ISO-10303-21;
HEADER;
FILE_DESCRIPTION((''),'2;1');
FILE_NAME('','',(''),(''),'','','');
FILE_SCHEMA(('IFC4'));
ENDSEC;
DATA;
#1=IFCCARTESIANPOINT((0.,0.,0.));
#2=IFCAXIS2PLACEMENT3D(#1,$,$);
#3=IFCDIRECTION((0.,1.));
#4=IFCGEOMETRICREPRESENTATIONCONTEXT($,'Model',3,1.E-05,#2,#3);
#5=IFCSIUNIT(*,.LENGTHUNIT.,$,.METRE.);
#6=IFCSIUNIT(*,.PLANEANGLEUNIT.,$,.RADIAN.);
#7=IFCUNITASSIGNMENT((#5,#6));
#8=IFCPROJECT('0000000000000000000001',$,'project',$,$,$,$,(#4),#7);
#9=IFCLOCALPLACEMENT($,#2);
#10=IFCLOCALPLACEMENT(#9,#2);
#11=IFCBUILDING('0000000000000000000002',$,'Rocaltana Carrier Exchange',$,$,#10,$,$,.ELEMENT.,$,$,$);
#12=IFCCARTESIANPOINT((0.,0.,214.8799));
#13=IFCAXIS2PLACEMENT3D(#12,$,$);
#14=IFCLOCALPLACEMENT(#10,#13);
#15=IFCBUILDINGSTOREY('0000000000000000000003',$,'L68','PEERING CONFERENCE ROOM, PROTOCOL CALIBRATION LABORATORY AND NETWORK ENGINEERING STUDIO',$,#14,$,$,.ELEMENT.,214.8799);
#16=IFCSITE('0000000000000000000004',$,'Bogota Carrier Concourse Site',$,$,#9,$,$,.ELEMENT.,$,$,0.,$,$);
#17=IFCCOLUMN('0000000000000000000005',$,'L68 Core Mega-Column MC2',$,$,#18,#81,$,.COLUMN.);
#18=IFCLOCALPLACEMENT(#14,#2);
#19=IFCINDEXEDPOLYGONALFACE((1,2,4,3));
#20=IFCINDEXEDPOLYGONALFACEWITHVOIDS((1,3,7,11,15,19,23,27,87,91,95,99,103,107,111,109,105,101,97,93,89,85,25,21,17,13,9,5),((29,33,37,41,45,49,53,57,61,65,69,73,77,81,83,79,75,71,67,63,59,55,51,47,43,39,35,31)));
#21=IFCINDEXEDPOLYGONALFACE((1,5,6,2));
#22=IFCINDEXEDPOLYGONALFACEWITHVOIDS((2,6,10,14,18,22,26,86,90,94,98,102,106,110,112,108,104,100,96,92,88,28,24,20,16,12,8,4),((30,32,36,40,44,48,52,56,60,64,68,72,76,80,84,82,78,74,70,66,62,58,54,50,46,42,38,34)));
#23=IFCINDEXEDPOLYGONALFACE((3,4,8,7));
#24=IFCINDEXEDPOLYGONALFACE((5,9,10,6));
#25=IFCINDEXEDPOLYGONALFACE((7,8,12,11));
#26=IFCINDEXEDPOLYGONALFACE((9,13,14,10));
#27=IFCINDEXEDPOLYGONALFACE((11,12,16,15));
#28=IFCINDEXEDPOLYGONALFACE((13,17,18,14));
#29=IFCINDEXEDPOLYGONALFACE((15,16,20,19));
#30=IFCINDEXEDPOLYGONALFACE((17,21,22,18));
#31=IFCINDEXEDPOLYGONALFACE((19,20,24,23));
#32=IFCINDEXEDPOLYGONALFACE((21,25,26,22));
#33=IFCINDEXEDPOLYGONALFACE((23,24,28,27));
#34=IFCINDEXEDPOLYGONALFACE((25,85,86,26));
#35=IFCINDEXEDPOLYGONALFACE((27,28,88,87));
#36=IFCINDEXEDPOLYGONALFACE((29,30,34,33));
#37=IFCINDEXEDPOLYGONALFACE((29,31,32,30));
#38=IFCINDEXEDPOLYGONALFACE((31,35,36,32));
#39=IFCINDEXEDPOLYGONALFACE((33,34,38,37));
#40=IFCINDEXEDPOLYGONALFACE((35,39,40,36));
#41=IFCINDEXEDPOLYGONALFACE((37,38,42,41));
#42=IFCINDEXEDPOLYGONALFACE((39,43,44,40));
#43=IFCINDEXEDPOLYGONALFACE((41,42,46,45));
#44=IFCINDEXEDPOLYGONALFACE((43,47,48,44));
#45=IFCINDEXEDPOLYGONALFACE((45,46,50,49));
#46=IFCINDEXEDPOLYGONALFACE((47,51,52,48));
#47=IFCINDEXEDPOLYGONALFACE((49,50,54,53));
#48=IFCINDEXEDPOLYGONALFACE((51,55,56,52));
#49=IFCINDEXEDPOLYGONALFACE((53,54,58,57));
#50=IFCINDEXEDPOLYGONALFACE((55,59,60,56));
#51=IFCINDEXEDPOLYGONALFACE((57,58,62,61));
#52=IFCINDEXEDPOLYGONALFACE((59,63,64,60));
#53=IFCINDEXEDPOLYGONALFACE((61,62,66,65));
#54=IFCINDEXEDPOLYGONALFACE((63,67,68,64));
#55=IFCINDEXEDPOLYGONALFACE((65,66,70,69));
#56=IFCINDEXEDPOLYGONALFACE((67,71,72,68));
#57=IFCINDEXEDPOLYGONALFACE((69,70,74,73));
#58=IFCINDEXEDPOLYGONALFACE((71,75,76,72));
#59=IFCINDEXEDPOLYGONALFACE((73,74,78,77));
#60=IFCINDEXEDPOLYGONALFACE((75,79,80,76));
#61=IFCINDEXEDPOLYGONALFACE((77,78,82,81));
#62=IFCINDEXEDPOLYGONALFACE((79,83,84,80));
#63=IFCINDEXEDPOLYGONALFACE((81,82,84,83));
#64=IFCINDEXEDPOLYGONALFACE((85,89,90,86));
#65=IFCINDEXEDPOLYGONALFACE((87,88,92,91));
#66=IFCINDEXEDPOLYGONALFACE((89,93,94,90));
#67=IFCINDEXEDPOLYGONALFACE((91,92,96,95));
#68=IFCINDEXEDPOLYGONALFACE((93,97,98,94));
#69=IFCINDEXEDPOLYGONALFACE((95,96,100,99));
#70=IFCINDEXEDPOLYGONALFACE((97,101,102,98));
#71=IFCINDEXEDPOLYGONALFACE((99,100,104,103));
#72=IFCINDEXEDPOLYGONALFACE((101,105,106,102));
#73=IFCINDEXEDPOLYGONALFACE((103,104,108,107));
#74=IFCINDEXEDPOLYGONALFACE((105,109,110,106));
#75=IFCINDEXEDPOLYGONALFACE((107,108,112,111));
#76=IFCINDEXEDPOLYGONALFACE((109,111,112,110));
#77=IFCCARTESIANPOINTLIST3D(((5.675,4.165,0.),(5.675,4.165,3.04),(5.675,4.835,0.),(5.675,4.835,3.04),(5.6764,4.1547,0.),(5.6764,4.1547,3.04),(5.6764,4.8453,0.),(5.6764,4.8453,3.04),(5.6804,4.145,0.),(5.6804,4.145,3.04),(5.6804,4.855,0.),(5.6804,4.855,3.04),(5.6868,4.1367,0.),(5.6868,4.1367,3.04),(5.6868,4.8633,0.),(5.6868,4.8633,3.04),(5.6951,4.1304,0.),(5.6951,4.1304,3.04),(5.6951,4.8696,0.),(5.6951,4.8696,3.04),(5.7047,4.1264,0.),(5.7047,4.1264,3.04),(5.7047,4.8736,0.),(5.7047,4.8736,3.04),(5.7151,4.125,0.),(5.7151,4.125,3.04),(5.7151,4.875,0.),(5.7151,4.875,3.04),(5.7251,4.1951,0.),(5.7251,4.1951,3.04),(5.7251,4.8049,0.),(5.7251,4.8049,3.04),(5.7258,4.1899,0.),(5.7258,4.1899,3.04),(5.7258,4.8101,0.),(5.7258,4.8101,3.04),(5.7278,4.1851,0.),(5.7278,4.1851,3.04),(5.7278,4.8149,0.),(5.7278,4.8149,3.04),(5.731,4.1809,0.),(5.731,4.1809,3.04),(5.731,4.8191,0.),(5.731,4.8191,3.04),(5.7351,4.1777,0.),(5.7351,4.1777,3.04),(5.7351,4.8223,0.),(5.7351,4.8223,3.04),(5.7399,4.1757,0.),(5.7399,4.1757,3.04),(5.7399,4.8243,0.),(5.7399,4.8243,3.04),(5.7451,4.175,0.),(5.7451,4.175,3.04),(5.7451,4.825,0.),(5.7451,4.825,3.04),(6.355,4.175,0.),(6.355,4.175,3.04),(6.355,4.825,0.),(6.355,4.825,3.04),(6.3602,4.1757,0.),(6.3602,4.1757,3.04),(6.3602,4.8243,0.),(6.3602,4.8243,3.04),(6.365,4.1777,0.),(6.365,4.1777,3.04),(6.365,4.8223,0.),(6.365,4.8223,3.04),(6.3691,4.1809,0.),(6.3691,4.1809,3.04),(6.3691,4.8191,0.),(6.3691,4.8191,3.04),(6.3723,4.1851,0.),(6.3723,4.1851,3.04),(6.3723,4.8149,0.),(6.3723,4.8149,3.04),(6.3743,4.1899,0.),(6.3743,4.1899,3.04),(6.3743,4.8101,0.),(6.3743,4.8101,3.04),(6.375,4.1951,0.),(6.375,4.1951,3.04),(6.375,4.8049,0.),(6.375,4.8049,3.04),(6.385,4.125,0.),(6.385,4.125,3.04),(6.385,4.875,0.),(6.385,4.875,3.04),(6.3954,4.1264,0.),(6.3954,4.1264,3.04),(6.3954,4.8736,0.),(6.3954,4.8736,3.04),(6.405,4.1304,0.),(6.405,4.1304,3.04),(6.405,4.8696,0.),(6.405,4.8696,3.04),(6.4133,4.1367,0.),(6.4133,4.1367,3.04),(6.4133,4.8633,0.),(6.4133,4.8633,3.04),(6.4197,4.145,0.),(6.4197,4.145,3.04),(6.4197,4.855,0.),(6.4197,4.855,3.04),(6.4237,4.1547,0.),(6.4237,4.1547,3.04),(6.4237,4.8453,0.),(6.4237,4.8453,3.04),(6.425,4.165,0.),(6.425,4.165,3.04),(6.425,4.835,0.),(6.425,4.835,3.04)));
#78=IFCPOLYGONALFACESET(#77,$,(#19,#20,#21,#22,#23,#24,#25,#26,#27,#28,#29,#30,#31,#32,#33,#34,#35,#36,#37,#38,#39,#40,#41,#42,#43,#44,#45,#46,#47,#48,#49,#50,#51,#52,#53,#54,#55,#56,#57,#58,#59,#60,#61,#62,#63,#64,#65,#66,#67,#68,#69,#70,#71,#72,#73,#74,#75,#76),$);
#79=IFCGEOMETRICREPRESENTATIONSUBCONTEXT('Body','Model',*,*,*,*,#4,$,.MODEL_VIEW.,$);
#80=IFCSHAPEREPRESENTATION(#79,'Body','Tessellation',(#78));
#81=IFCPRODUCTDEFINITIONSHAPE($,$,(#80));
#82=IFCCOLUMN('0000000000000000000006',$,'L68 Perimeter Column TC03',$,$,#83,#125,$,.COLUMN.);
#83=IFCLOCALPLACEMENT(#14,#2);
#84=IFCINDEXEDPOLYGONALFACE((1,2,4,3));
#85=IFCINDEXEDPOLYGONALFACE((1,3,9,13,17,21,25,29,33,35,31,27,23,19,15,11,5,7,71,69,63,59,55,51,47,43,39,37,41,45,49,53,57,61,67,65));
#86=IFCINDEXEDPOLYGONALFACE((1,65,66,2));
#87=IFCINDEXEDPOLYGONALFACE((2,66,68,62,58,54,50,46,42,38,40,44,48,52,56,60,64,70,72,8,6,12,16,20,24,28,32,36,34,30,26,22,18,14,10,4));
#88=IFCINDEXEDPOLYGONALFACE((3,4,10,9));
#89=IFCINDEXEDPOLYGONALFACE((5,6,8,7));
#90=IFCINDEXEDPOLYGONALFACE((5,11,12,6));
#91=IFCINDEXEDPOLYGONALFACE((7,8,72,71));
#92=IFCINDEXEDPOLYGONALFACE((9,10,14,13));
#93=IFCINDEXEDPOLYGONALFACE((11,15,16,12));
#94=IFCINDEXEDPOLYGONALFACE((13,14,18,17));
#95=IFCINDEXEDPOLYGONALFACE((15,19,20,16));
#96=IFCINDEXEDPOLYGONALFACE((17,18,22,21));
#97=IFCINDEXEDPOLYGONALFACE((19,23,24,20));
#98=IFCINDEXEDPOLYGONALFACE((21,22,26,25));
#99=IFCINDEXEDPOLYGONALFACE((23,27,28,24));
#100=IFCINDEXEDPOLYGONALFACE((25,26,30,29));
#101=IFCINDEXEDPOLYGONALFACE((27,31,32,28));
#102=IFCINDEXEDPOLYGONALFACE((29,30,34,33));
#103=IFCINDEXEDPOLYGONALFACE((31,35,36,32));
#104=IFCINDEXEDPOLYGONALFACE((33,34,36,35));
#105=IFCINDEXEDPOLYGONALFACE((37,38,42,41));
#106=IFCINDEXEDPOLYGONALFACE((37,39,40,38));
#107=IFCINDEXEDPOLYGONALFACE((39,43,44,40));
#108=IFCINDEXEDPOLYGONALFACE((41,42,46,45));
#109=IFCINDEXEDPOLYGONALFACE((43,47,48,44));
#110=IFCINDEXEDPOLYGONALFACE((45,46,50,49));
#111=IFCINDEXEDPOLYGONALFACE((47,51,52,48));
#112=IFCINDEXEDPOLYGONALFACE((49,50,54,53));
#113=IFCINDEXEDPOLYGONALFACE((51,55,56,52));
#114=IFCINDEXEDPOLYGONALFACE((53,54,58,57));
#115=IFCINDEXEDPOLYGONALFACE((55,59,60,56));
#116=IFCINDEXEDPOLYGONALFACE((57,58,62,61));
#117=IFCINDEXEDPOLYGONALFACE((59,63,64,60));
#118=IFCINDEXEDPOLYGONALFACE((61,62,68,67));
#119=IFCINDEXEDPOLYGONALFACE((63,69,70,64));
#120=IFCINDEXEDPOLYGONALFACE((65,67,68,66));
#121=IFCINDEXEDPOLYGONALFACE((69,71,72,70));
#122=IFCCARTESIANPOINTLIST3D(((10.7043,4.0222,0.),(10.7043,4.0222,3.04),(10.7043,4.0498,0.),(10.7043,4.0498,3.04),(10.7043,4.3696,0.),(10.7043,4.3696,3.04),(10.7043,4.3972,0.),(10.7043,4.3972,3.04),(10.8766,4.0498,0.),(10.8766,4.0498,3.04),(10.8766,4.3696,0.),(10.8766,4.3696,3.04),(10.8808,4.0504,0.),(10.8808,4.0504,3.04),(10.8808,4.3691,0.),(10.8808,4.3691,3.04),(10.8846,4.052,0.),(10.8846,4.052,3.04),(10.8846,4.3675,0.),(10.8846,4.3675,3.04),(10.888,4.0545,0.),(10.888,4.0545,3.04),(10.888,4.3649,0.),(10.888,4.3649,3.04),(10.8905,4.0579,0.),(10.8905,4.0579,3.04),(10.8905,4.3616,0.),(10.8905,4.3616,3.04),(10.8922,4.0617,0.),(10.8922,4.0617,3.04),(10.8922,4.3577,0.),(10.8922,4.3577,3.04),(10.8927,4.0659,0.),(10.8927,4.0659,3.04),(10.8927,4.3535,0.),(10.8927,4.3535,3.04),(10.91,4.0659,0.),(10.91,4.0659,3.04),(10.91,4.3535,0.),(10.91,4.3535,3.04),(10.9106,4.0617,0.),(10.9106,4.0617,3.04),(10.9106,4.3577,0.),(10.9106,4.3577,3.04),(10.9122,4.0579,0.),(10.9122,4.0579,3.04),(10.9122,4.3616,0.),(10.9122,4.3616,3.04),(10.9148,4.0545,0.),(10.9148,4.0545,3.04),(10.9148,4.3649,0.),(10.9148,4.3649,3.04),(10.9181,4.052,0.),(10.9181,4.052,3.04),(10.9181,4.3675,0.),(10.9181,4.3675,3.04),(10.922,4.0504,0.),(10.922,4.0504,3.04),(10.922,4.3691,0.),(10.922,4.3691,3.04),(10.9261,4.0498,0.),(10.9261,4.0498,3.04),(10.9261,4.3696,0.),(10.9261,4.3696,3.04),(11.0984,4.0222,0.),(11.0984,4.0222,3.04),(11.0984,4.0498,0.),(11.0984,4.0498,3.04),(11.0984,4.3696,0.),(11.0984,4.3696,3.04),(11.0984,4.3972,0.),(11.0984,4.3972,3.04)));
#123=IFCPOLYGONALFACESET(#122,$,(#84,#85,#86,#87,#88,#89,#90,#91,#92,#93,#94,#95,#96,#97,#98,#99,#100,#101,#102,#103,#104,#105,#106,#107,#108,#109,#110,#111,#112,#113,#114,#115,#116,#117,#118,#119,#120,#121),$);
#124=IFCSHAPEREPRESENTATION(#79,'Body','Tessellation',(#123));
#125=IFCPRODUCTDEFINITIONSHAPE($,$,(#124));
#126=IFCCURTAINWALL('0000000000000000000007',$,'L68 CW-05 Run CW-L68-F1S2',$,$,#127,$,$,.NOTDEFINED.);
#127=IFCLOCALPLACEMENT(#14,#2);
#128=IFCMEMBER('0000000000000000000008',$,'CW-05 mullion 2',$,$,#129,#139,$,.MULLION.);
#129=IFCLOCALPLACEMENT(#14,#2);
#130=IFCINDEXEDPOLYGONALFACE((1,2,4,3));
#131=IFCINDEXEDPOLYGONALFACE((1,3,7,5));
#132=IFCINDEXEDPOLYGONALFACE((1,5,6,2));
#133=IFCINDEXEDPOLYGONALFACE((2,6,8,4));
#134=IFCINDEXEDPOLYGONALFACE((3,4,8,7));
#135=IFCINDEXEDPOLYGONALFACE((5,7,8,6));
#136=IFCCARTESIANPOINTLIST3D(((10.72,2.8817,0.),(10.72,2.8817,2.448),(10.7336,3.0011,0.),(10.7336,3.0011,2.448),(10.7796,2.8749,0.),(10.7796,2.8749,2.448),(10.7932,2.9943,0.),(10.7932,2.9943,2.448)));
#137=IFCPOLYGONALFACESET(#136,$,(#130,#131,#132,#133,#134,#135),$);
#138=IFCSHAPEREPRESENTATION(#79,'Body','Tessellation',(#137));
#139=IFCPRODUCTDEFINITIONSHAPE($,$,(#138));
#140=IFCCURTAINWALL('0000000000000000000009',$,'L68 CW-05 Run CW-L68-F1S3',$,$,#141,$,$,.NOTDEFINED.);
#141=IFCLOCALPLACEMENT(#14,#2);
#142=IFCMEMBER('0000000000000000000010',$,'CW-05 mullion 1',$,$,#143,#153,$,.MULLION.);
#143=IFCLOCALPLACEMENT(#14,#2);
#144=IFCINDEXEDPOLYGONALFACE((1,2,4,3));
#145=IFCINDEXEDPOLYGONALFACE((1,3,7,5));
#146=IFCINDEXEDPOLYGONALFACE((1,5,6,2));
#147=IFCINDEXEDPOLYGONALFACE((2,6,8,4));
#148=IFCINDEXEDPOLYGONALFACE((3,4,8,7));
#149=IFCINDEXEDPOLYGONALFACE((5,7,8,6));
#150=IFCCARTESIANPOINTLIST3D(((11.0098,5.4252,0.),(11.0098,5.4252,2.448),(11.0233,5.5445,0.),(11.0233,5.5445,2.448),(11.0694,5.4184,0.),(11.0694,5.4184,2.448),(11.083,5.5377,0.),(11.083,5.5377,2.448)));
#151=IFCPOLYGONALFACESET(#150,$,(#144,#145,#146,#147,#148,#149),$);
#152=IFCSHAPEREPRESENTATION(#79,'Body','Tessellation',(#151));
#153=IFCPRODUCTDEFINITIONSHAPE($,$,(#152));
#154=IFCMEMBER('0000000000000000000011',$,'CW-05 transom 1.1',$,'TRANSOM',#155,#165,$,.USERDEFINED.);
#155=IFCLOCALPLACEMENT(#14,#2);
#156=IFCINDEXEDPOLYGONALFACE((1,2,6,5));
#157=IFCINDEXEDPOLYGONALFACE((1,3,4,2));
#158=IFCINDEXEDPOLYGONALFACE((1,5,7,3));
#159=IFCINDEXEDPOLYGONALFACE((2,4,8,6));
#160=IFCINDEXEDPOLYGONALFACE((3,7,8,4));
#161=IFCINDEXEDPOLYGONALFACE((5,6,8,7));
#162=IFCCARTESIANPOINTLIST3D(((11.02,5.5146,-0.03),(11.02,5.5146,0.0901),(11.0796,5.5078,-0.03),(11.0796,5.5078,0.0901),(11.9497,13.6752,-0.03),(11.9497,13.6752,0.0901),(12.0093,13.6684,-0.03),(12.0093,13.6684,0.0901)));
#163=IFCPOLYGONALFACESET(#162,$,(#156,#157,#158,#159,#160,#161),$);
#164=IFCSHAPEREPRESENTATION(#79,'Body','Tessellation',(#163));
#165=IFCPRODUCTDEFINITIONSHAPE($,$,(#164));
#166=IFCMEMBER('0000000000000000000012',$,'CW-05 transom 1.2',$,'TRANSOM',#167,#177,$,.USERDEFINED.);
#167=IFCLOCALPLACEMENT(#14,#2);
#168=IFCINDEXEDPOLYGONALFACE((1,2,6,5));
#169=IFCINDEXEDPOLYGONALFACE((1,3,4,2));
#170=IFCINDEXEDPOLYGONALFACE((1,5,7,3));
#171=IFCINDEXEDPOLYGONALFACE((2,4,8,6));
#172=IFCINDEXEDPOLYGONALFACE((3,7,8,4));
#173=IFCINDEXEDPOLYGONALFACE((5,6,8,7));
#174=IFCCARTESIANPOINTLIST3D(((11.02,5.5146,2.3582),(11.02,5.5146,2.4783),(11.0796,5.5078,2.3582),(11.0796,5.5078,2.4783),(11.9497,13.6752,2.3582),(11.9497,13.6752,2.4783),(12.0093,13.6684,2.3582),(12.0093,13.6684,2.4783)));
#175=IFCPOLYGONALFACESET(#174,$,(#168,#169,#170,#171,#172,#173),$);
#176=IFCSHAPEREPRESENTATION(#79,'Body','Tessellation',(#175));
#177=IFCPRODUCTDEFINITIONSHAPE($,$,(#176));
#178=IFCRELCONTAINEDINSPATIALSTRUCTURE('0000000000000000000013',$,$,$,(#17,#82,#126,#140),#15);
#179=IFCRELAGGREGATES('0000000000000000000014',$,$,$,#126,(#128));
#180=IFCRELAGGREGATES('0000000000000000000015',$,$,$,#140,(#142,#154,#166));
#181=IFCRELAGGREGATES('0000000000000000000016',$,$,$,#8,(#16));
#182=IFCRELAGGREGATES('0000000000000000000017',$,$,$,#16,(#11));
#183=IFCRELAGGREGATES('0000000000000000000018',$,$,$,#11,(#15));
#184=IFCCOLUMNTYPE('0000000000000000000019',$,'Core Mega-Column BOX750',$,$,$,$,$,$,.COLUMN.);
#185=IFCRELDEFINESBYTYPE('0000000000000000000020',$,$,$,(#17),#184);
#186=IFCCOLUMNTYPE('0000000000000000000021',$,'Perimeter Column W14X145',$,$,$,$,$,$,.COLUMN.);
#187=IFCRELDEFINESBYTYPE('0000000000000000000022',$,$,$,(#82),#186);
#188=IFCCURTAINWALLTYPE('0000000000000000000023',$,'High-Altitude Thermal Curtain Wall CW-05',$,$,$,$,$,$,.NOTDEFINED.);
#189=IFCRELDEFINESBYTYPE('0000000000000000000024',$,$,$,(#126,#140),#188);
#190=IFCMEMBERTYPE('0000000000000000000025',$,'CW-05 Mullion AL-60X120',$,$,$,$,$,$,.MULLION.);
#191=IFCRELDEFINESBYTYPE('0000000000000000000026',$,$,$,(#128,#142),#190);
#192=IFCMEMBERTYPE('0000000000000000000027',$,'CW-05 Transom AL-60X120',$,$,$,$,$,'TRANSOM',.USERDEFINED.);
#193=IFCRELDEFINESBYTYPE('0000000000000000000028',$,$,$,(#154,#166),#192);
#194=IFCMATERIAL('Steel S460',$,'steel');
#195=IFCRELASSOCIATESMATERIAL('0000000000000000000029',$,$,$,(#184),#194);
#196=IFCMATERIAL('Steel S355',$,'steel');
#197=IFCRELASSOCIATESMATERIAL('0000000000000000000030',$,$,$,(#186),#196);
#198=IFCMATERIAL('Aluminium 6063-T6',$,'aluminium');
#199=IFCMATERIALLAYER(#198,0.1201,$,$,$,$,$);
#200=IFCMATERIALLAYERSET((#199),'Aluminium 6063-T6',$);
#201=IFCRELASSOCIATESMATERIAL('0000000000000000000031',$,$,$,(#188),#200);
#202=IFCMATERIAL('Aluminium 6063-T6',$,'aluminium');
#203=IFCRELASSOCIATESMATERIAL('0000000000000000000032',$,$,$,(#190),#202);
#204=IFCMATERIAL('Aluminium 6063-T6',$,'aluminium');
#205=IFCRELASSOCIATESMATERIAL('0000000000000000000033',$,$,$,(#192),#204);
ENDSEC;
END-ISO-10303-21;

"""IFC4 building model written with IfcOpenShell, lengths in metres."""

from ifc_helpers import new_model, si_unit, direction, frame, origin, origin_2d, place, context, subcontext, project, spatial, rectangle, hollow_rectangle, i_section, extrude, material, layer, layer_set, material_profile, profile_set, type_object, element, aggregate, save


model = new_model("IFC4")

# Units and contexts
model_context = context("Model", 3, precision=1e-05, world=origin(), true_north=direction((0.0, 1.0)))
body_context = subcontext(model_context, "Body", "Model", "MODEL_VIEW")
ifc_project = project(units=[si_unit("LENGTHUNIT", "METRE"), si_unit("PLANEANGLEUNIT", "RADIAN")], contexts=[model_context])

# Site, building, storey
site_placement = place(None, origin())
site = spatial("IfcSite", under=ifc_project, at=site_placement, Name="Bogota Carrier Concourse Site", CompositionType="ELEMENT", RefElevation=0.0)
building_placement = place(site_placement, origin())
building = spatial("IfcBuilding", under=site, at=building_placement, Name="Rocaltana Carrier Exchange", CompositionType="ELEMENT")
storey_placement = place(building_placement, frame((0.0, 0.0, 214.8799)))
storey = spatial("IfcBuildingStorey", under=building, at=storey_placement, Name="L68", Description="PEERING CONFERENCE ROOM, PROTOCOL CALIBRATION LABORATORY AND NETWORK ENGINEERING STUDIO", CompositionType="ELEMENT", Elevation=214.8799)

# Columns
ifc_material_1 = material(Name="Steel S460", Category="steel")
ifc_material_profile_1 = material_profile(ifc_material_1, hollow_rectangle(XDim=0.75, YDim=0.75, WallThickness=0.05, InnerFilletRadius=0.02, OuterFilletRadius=0.04, at=origin_2d()), Name="BOX750X750X50")
ifc_profile_set_1 = profile_set([ifc_material_profile_1], Name="Steel S460")
column_type_1 = type_object("IfcColumnType", Name="Core Mega-Column BOX750", PredefinedType="COLUMN", material=ifc_profile_set_1)
column_1_placement = place(storey_placement, frame((6.05, 4.5, 0.0), z_axis=(0.0, 0.0, 1.0), x_axis=(1.0, 0.0, 0.0)))
element("IfcColumn", 1, at=column_1_placement, inside=storey, type_object=column_type_1, Name="L68 Core Mega-Column MC2", PredefinedType="COLUMN", context=body_context, shape_type="SweptSolid", body=[
    extrude(hollow_rectangle(XDim=0.75, YDim=0.75, WallThickness=0.05, InnerFilletRadius=0.02, OuterFilletRadius=0.04, at=origin_2d()), origin(), (0.0, 0.0, 1.0), 3.04),
])
ifc_material_2 = material(Name="Steel S355", Category="steel")
ifc_material_profile_2 = material_profile(ifc_material_2, i_section(OverallWidth=0.394, OverallDepth=0.375, WebThickness=0.0173, FlangeThickness=0.0276, FilletRadius=0.0161, at=origin_2d()), Name="W14X145")
ifc_profile_set_2 = profile_set([ifc_material_profile_2], Name="Steel S355")
column_type_2 = type_object("IfcColumnType", Name="Perimeter Column W14X145", PredefinedType="COLUMN", material=ifc_profile_set_2)
column_2_placement = place(storey_placement, frame((10.9014, 4.2097, 0.0), z_axis=(0.0, 0.0, 1.0), x_axis=(1.0, 0.0, 0.0)))
element("IfcColumn", 2, at=column_2_placement, inside=storey, type_object=column_type_2, Name="L68 Perimeter Column TC03", PredefinedType="COLUMN", context=body_context, shape_type="SweptSolid", body=[
    extrude(i_section(OverallWidth=0.394, OverallDepth=0.375, WebThickness=0.0173, FlangeThickness=0.0276, FilletRadius=0.0161, at=origin_2d()), origin(), (0.0, 0.0, 1.0), 3.04),
])

# Curtain wall, member
ifc_material_3 = material(Name="Aluminium 6063-T6", Category="aluminium")
ifc_layer_1 = layer(ifc_material_3, 0.1201)
ifc_layer_set_1 = layer_set([ifc_layer_1], Name="Aluminium 6063-T6")
curtain_wall_type = type_object("IfcCurtainWallType", Name="High-Altitude Thermal Curtain Wall CW-05", PredefinedType="NOTDEFINED", material=ifc_layer_set_1)
curtain_wall_1_placement = place(storey_placement, origin())
curtain_wall_1 = element("IfcCurtainWall", 3, at=curtain_wall_1_placement, inside=storey, type_object=curtain_wall_type, Name="L68 CW-05 Run CW-L68-F1S2", PredefinedType="NOTDEFINED")
ifc_material_4 = material(Name="Aluminium 6063-T6", Category="aluminium")
ifc_material_profile_3 = material_profile(ifc_material_4, rectangle(XDim=0.0601, YDim=0.1201, at=origin_2d()), Name="AL-60X120")
ifc_profile_set_3 = profile_set([ifc_material_profile_3], Name="Aluminium 6063-T6")
member_type_1 = type_object("IfcMemberType", Name="CW-05 Mullion AL-60X120", PredefinedType="MULLION", material=ifc_profile_set_3)
member_1_placement = place(storey_placement, frame((10.7566, 2.938, 0.0), z_axis=(0.0, 0.0, 1.0), x_axis=(-0.993571, 0.113209, 0.0)))
member_1 = element("IfcMember", 4, at=member_1_placement, type_object=member_type_1, Name="CW-05 mullion 2", PredefinedType="MULLION", context=body_context, shape_type="SweptSolid", body=[
    extrude(rectangle(XDim=0.0601, YDim=0.1201, at=origin_2d()), origin(), (0.0, 0.0, 1.0), 2.448),
])
aggregate(curtain_wall_1, [member_1])

# Curtain wall, members
curtain_wall_2_placement = place(storey_placement, origin())
curtain_wall_2 = element("IfcCurtainWall", 5, at=curtain_wall_2_placement, inside=storey, type_object=curtain_wall_type, Name="L68 CW-05 Run CW-L68-F1S3", PredefinedType="NOTDEFINED")
member_2_placement = place(storey_placement, frame((11.0464, 5.4814, 0.0), z_axis=(0.0, 0.0, 1.0), x_axis=(-0.993573, 0.113197, 0.0)))
member_2 = element("IfcMember", 6, at=member_2_placement, type_object=member_type_1, Name="CW-05 mullion 1", PredefinedType="MULLION", context=body_context, shape_type="SweptSolid", body=[
    extrude(rectangle(XDim=0.0601, YDim=0.1201, at=origin_2d()), origin(), (0.0, 0.0, 1.0), 2.448),
])
ifc_material_5 = material(Name="Aluminium 6063-T6", Category="aluminium")
ifc_material_profile_4 = material_profile(ifc_material_5, rectangle(XDim=0.0601, YDim=0.1201, at=origin_2d()), Name="AL-60X120")
ifc_profile_set_4 = profile_set([ifc_material_profile_4], Name="Aluminium 6063-T6")
member_type_2 = type_object("IfcMemberType", Name="CW-05 Transom AL-60X120", ElementType="TRANSOM", PredefinedType="USERDEFINED", material=ifc_profile_set_4)
member_3_placement = place(storey_placement, frame((11.0498, 5.5112, 0.03), z_axis=(0.113191, 0.993573, 0.0), x_axis=(-0.993573, 0.113191, 0.0)))
member_3 = element("IfcMember", 7, at=member_3_placement, type_object=member_type_2, Name="CW-05 transom 1.1", ObjectType="TRANSOM", PredefinedType="USERDEFINED", context=body_context, shape_type="SweptSolid", body=[
    extrude(rectangle(XDim=0.0601, YDim=0.1201, at=origin_2d()), origin(), (0.0, 0.0, 1.0), 8.2134),
])
member_4_placement = place(storey_placement, frame((11.0498, 5.5112, 2.4182), z_axis=(0.113191, 0.993573, 0.0), x_axis=(-0.993573, 0.113191, 0.0)))
member_4 = element("IfcMember", 8, at=member_4_placement, type_object=member_type_2, Name="CW-05 transom 1.2", ObjectType="TRANSOM", PredefinedType="USERDEFINED", context=body_context, shape_type="SweptSolid", body=[
    extrude(rectangle(XDim=0.0601, YDim=0.1201, at=origin_2d()), origin(), (0.0, 0.0, 1.0), 8.2134),
])
aggregate(curtain_wall_2, [member_2, member_3, member_4])

save(model, "model.ifc")
